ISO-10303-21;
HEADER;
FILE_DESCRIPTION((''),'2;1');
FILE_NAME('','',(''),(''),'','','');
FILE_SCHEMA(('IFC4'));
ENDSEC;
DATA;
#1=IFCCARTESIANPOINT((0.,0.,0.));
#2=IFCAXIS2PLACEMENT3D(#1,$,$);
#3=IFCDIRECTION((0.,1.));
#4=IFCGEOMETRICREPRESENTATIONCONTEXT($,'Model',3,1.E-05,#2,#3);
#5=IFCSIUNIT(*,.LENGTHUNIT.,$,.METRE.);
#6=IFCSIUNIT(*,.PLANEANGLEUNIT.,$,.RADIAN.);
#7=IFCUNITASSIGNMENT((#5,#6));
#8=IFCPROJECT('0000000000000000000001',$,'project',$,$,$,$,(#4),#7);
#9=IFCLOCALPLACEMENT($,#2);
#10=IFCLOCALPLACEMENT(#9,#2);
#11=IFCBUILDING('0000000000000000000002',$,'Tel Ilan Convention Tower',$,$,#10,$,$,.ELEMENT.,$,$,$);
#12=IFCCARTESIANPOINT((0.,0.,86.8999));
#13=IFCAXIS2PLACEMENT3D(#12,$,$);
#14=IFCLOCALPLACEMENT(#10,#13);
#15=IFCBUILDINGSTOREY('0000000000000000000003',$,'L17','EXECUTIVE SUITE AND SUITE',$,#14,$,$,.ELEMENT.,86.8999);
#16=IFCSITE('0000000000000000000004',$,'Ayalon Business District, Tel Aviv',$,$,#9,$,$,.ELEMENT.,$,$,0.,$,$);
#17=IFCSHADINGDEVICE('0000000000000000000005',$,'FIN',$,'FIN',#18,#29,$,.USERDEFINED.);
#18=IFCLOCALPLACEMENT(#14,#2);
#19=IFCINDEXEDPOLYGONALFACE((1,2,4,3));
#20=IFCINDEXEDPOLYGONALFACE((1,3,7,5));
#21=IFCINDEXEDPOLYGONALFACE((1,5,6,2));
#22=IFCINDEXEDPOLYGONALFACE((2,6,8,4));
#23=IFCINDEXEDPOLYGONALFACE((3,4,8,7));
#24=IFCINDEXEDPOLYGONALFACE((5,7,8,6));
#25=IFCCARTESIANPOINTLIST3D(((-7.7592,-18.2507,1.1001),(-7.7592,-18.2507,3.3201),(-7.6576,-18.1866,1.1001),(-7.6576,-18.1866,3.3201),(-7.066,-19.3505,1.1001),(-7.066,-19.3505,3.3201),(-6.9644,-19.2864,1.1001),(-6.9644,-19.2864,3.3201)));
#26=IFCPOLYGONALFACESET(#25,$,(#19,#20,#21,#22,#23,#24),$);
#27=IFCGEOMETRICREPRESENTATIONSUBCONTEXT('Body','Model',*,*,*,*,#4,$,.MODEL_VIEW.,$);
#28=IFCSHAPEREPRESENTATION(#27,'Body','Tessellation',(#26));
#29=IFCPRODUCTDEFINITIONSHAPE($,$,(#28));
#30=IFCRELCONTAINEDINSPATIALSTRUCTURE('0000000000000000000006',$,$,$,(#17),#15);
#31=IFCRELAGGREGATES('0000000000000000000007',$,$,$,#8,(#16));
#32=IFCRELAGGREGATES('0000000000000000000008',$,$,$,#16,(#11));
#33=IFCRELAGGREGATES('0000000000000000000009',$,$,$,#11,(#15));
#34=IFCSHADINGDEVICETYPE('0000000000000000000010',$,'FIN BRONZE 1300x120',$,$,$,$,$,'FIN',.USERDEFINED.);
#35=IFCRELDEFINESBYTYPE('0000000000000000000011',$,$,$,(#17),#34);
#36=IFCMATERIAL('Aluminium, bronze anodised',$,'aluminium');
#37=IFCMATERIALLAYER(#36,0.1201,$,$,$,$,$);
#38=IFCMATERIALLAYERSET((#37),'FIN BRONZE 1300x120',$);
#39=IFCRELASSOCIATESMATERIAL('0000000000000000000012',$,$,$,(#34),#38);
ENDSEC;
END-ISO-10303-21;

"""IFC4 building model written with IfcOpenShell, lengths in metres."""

from ifc_helpers import new_model, si_unit, direction, frame, origin, origin_2d, place, context, subcontext, project, spatial, rectangle, extrude, material, layer, layer_set, type_object, element, save


model = new_model("IFC4")

# Units and contexts
model_context = context("Model", 3, precision=1e-05, world=origin(), true_north=direction((0.0, 1.0)))
body_context = subcontext(model_context, "Body", "Model", "MODEL_VIEW")
ifc_project = project(units=[si_unit("LENGTHUNIT", "METRE"), si_unit("PLANEANGLEUNIT", "RADIAN")], contexts=[model_context])

# Site, building, storey
site_placement = place(None, origin())
site = spatial("IfcSite", under=ifc_project, at=site_placement, Name="Ayalon Business District, Tel Aviv", CompositionType="ELEMENT", RefElevation=0.0)
building_placement = place(site_placement, origin())
building = spatial("IfcBuilding", under=site, at=building_placement, Name="Tel Ilan Convention Tower", CompositionType="ELEMENT")
storey_placement = place(building_placement, frame((0.0, 0.0, 86.8999)))
storey = spatial("IfcBuildingStorey", under=building, at=storey_placement, Name="L17", Description="EXECUTIVE SUITE AND SUITE", CompositionType="ELEMENT", Elevation=86.8999)

# Shading device
ifc_material_1 = material(Name="Aluminium, bronze anodised", Category="aluminium")
ifc_layer_1 = layer(ifc_material_1, 0.1201)
ifc_layer_set_1 = layer_set([ifc_layer_1], Name="FIN BRONZE 1300x120")
shading_device_type = type_object("IfcShadingDeviceType", Name="FIN BRONZE 1300x120", ElementType="FIN", PredefinedType="USERDEFINED", material=ifc_layer_set_1)
for number, where, z_axis, x_axis, name in (
    (1, (-7.3618, -18.7686, 1.1001), (0.0, 0.0, 1.0), (0.533204, -0.845986, 0.0), "FIN"),
):
    element("IfcShadingDevice", number, at=place(storey_placement, frame(where, z_axis=z_axis, x_axis=x_axis)), inside=storey, type_object=shading_device_type, Name=name, ObjectType="FIN", PredefinedType="USERDEFINED", context=body_context, shape_type="SweptSolid", body=[
        extrude(rectangle(XDim=1.3, YDim=0.1201, at=origin_2d()), origin(), (0.0, 0.0, 1.0), 2.22),
    ])

save(model, "model.ifc")
